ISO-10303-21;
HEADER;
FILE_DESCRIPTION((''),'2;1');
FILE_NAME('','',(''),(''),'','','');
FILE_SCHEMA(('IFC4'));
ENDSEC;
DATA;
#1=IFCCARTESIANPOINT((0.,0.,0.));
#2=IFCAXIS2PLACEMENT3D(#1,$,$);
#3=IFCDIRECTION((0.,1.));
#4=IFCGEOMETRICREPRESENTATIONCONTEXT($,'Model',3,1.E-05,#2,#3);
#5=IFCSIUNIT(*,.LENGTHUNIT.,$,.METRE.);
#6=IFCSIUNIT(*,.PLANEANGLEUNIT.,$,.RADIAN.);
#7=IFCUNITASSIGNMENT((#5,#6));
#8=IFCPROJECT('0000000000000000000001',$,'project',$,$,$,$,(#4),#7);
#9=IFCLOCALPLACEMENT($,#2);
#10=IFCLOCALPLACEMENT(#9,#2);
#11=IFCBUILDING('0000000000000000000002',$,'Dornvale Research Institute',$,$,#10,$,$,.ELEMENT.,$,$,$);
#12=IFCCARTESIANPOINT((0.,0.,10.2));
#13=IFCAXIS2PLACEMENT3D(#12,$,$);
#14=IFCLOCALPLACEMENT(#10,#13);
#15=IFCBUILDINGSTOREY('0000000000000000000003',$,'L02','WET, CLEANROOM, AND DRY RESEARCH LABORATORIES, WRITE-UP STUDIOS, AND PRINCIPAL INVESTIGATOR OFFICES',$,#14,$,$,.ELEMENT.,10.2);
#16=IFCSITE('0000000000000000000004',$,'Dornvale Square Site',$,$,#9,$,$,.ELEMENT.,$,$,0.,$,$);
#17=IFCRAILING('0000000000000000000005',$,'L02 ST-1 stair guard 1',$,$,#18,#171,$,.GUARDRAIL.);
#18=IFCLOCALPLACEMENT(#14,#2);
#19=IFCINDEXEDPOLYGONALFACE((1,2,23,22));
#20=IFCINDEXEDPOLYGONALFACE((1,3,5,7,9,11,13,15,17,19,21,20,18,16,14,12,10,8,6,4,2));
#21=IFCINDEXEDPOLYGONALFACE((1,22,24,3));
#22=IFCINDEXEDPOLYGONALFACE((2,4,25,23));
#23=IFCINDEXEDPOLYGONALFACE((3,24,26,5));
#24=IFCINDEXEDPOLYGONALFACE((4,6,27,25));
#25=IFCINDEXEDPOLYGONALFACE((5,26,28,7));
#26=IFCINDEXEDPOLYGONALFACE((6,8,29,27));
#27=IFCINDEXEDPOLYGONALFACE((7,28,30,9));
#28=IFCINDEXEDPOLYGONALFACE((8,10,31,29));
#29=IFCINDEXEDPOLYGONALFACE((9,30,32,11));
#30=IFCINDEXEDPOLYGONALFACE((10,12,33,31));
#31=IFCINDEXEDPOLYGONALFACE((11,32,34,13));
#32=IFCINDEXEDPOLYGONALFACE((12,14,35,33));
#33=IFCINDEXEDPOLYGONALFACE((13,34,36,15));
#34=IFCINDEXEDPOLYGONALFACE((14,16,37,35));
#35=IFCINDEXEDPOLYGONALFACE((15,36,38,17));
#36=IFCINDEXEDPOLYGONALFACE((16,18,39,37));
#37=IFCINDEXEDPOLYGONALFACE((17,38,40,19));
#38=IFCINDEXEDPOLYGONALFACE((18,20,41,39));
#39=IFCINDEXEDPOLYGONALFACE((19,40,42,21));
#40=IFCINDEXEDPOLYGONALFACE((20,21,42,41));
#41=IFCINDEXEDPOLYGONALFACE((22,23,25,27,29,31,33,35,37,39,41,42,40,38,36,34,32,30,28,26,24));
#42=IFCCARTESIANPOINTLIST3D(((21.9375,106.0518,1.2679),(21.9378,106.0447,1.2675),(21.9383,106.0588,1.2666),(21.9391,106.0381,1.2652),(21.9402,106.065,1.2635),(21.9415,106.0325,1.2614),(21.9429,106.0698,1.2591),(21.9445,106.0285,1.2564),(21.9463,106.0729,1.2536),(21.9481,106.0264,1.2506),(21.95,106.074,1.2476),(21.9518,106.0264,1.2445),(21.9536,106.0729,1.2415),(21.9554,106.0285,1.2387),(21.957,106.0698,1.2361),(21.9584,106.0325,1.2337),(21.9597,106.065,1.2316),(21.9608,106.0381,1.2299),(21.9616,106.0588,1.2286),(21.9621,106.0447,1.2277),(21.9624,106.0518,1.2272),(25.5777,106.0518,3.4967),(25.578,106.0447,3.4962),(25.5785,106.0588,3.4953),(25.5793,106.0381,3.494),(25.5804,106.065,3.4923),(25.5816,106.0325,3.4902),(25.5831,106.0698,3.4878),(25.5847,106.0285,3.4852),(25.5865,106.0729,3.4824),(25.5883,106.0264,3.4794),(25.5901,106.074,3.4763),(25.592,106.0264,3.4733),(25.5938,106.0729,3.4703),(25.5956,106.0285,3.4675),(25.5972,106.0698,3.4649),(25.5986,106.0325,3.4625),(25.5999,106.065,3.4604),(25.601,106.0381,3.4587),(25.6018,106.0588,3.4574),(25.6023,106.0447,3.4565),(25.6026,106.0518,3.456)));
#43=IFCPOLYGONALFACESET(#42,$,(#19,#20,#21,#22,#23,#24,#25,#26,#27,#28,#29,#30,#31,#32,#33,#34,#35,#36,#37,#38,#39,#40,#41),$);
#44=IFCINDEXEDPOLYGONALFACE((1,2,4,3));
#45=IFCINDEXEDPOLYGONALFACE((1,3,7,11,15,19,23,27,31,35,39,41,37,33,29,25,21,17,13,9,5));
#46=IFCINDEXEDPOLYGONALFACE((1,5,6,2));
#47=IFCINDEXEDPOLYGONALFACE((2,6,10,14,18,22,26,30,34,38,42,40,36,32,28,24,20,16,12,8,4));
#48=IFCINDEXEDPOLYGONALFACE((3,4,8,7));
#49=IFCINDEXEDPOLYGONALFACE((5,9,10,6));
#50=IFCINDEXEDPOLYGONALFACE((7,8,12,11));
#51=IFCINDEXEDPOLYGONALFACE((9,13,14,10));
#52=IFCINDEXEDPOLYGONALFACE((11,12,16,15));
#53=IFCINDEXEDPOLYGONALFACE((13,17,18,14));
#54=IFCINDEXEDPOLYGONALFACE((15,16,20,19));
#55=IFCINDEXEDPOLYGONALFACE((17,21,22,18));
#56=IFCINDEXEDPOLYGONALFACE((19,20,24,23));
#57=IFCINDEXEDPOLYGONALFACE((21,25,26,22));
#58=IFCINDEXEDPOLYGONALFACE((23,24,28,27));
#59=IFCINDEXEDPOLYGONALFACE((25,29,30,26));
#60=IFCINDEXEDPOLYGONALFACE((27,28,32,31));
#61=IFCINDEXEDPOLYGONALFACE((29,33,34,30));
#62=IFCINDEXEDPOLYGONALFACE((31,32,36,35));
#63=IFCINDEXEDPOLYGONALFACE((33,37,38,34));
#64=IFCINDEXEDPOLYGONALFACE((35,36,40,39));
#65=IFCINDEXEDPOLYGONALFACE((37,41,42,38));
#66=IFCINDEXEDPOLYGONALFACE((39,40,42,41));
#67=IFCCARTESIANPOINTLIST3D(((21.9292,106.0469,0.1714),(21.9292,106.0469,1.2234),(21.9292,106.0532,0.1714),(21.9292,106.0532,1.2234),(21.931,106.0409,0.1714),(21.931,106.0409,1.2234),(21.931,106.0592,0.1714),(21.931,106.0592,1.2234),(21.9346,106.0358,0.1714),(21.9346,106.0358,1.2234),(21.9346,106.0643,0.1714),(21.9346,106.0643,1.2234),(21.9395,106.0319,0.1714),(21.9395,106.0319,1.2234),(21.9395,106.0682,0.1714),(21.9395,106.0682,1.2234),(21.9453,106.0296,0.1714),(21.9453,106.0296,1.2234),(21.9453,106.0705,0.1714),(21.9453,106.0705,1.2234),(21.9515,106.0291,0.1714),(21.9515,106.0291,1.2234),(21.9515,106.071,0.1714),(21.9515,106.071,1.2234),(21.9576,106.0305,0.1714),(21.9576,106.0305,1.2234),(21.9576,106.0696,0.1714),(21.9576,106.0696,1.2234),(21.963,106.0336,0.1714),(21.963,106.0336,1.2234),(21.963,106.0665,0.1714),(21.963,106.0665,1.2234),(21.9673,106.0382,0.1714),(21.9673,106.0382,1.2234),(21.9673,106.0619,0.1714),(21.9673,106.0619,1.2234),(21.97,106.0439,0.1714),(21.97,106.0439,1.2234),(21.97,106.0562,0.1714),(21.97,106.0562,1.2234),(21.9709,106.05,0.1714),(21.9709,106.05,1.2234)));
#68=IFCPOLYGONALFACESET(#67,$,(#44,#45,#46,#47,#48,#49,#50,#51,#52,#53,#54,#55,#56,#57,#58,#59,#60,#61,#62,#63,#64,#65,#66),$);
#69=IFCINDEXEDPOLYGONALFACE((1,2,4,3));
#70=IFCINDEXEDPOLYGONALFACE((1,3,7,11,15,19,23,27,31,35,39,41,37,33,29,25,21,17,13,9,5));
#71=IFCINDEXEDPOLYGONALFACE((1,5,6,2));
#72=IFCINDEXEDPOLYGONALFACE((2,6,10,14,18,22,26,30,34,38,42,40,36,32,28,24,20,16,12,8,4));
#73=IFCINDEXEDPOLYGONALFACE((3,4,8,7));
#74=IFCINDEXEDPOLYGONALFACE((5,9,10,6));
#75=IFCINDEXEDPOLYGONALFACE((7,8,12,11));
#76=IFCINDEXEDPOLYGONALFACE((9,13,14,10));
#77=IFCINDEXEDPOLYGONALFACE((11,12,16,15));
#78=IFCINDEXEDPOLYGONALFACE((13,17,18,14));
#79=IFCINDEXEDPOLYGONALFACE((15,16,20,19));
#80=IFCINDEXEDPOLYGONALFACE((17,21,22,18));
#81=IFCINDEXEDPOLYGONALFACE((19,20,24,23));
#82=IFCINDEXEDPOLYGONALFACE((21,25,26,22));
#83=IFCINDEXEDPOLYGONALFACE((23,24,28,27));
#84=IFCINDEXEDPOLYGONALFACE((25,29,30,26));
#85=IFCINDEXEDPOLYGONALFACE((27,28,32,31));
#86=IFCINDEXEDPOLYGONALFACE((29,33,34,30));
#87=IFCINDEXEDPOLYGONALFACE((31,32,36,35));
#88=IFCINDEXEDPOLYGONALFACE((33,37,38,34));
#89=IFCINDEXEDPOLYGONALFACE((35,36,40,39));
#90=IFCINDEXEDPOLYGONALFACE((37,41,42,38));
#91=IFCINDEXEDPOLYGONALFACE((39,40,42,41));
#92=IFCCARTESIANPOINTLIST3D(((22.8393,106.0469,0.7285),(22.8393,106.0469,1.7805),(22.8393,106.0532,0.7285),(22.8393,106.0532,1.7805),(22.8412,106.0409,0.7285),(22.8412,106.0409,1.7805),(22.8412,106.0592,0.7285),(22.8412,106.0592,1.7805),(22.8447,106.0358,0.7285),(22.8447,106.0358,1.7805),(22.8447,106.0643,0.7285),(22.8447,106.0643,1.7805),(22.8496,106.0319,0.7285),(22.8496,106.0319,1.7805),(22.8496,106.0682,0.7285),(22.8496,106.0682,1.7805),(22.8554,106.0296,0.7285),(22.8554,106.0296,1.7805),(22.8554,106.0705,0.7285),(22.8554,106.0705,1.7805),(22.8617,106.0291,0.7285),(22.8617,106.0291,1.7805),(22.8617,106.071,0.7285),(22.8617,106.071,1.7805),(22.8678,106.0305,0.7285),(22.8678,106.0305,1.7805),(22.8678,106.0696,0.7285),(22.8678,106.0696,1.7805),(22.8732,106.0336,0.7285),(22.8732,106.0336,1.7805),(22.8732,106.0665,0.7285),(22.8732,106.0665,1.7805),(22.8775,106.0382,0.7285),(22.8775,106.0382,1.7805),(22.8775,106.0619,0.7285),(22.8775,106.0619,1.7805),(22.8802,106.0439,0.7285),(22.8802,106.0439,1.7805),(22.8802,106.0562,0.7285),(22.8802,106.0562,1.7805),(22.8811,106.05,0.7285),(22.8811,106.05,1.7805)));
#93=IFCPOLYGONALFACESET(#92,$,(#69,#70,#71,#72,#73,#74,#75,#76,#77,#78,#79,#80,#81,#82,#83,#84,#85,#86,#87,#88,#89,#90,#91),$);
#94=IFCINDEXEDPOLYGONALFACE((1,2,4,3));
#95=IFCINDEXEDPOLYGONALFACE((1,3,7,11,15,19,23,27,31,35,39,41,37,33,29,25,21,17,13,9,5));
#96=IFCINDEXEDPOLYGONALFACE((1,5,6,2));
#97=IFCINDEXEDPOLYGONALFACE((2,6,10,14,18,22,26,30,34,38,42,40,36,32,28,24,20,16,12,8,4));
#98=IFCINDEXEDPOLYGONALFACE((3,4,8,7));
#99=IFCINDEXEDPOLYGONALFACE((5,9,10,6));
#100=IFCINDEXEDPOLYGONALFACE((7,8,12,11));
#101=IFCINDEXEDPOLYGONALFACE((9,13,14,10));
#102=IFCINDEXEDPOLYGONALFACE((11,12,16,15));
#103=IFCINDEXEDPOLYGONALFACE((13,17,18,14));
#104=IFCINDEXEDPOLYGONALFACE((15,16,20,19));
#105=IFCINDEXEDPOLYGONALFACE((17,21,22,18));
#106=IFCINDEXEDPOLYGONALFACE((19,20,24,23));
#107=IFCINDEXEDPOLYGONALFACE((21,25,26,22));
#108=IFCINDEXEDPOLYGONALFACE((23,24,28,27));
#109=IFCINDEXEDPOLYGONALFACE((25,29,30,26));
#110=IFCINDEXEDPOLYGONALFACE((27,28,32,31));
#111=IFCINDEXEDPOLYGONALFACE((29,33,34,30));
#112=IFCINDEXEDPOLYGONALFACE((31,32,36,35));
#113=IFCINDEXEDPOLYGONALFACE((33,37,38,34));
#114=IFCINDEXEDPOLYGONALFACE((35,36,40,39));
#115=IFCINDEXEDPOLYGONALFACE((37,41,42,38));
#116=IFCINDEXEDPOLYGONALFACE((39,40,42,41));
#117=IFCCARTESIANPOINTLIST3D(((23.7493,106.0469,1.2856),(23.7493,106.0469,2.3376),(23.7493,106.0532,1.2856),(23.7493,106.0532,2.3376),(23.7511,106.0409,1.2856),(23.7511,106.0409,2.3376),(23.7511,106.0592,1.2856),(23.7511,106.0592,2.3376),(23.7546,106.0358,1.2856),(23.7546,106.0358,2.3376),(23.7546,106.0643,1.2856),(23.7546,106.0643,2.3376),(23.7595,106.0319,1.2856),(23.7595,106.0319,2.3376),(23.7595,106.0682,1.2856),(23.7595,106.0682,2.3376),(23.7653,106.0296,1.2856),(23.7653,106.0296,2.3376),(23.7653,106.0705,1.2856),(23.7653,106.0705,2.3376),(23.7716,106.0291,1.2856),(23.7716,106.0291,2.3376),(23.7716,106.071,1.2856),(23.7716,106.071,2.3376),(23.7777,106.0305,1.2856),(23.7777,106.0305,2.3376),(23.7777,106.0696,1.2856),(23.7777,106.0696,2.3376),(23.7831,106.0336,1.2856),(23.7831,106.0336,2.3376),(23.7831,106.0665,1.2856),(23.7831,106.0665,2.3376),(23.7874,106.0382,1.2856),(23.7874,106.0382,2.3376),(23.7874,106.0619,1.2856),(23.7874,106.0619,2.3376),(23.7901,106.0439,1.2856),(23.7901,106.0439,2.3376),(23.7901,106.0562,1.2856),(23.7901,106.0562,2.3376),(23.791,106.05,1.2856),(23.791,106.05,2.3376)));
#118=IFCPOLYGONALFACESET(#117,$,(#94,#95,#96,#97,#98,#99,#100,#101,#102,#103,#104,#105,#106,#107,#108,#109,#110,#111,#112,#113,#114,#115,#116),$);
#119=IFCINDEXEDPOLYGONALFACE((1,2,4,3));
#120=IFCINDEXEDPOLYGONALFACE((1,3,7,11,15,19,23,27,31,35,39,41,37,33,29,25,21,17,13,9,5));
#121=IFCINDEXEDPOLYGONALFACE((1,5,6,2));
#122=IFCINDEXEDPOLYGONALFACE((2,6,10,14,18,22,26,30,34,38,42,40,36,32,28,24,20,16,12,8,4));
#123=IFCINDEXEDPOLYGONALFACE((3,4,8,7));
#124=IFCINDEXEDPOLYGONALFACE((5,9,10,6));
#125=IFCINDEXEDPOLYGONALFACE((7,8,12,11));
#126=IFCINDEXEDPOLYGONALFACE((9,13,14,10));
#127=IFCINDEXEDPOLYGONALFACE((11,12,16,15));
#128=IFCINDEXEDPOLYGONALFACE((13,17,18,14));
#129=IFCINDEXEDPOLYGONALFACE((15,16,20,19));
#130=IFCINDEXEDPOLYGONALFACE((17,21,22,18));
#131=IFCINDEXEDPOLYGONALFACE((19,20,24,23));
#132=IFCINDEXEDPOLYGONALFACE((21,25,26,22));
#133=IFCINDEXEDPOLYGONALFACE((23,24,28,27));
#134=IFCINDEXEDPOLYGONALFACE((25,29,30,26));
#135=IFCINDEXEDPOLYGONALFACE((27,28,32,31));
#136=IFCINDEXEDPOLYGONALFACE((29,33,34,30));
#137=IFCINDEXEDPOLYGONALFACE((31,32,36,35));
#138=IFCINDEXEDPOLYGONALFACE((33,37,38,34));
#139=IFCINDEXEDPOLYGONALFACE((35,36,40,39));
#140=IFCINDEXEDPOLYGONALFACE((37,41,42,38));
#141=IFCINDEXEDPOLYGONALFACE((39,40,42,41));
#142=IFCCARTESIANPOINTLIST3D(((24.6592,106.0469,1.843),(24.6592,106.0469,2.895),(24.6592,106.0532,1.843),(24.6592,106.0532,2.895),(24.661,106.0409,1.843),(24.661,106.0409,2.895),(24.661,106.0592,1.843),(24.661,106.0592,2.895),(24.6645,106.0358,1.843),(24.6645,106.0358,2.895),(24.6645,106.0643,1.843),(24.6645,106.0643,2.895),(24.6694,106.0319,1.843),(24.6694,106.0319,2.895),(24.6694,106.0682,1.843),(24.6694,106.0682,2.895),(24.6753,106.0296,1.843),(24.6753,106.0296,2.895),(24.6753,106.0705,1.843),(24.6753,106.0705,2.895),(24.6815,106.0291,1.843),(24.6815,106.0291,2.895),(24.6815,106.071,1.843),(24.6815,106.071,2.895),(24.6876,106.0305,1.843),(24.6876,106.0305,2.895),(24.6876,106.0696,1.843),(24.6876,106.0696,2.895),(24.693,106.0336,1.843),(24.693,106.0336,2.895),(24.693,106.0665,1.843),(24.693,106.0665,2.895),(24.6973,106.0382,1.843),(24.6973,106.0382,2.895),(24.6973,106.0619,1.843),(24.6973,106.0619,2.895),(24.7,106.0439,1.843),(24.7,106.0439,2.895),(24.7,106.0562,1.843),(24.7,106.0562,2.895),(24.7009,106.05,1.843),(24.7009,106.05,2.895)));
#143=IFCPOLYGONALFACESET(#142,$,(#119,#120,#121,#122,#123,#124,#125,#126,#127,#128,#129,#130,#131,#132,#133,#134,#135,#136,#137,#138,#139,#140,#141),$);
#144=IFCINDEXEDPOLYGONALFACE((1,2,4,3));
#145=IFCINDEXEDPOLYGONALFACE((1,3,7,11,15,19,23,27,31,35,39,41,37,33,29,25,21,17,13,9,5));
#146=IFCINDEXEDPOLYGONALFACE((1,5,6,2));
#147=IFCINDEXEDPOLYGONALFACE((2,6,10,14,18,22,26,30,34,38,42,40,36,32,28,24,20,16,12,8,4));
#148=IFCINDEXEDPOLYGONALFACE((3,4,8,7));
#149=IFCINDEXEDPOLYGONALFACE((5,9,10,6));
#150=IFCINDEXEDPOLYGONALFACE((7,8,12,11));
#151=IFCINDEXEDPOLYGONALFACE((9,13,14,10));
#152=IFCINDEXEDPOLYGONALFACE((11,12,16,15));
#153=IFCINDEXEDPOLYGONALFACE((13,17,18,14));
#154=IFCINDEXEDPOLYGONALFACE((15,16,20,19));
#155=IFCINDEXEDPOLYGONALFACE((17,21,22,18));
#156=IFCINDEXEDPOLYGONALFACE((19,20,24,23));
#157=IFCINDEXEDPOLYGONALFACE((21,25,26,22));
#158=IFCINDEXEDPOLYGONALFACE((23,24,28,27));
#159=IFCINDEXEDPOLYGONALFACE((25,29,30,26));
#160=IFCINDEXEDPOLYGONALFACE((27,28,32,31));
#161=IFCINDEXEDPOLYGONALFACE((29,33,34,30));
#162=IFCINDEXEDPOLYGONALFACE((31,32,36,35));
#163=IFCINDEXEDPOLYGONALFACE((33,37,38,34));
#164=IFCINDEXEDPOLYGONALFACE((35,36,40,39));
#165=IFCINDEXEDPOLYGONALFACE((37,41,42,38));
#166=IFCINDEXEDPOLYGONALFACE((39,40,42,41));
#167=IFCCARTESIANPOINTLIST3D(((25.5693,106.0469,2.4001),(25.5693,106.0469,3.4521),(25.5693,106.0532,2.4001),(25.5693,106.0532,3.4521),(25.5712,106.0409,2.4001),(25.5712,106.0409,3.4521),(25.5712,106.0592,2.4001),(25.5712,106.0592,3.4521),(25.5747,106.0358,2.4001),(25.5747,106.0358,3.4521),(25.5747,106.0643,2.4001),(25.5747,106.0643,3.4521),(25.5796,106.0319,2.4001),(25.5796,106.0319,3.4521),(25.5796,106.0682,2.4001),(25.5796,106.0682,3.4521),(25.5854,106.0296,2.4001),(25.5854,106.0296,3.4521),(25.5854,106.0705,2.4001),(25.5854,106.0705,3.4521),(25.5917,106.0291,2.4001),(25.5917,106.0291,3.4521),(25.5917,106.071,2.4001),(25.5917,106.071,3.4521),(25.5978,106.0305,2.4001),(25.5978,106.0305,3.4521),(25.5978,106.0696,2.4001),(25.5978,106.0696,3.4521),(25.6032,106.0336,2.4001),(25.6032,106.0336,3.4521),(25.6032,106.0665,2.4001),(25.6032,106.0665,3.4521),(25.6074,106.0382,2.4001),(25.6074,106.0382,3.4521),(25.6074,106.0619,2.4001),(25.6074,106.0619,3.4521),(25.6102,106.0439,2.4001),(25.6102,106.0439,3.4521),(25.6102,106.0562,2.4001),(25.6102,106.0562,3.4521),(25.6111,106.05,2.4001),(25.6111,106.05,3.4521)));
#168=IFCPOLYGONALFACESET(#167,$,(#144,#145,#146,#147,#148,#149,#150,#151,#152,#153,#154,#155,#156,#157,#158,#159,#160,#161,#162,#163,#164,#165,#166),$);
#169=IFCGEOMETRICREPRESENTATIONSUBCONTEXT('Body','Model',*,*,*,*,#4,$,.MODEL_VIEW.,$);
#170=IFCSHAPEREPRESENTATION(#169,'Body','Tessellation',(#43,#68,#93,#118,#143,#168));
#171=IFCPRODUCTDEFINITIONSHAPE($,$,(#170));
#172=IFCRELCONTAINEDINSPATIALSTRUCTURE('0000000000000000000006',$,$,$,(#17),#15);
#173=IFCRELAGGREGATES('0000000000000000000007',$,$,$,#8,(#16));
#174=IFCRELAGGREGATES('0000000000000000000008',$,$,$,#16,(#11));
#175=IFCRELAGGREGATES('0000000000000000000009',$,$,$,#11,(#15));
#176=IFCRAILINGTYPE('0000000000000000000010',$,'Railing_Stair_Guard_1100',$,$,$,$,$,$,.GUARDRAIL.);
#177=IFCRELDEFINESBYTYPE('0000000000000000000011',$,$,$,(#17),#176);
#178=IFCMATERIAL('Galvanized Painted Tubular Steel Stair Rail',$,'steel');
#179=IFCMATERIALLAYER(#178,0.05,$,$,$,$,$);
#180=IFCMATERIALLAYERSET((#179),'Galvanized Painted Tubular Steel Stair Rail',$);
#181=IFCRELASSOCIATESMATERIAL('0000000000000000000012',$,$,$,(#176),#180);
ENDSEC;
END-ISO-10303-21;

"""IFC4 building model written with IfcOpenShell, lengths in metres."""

from ifc_helpers import new_model, si_unit, direction, frame, origin, origin_2d, place, context, subcontext, project, spatial, circle, extrude, material, layer, layer_set, type_object, element, save


model = new_model("IFC4")

# Units and contexts
model_context = context("Model", 3, precision=1e-05, world=origin(), true_north=direction((0.0, 1.0)))
body_context = subcontext(model_context, "Body", "Model", "MODEL_VIEW")
ifc_project = project(units=[si_unit("LENGTHUNIT", "METRE"), si_unit("PLANEANGLEUNIT", "RADIAN")], contexts=[model_context])

# Site, building, storey
site_placement = place(None, origin())
site = spatial("IfcSite", under=ifc_project, at=site_placement, Name="Dornvale Square Site", CompositionType="ELEMENT", RefElevation=0.0)
building_placement = place(site_placement, origin())
building = spatial("IfcBuilding", under=site, at=building_placement, Name="Dornvale Research Institute", CompositionType="ELEMENT")
storey_placement = place(building_placement, frame((0.0, 0.0, 10.2)))
storey = spatial("IfcBuildingStorey", under=building, at=storey_placement, Name="L02", Description="WET, CLEANROOM, AND DRY RESEARCH LABORATORIES, WRITE-UP STUDIOS, AND PRINCIPAL INVESTIGATOR OFFICES", CompositionType="ELEMENT", Elevation=10.2)

# Railing
ifc_material_1 = material(Name="Galvanized Painted Tubular Steel Stair Rail", Category="steel")
ifc_layer_1 = layer(ifc_material_1, 0.05)
ifc_layer_set_1 = layer_set([ifc_layer_1], Name="Galvanized Painted Tubular Steel Stair Rail")
railing_type_1 = type_object("IfcRailingType", Name="Railing_Stair_Guard_1100", PredefinedType="GUARDRAIL", material=ifc_layer_set_1)
railing_1_placement = place(storey_placement, frame((21.95, 106.05, 0.1714)))
element("IfcRailing", 1, at=railing_1_placement, inside=storey, type_object=railing_type_1, Name="L02 ST-1 stair guard 1", PredefinedType="GUARDRAIL", context=body_context, shape_type="SweptSolid", body=[
    extrude(circle(Radius=0.0239, at=origin_2d()), frame((0.0, 0.0, 1.0762), z_axis=(0.85284, 0.0, 0.522172), x_axis=(0.0, 1.0, 0.0)), (0.0, 0.0, 1.0), 4.2683),
    extrude(circle(Radius=0.021, at=origin_2d()), origin(), (0.0, 0.0, 1.0), 1.052),
    extrude(circle(Radius=0.021, at=origin_2d()), frame((0.9102, 0.0, 0.5571)), (0.0, 0.0, 1.0), 1.052),
    extrude(circle(Radius=0.021, at=origin_2d()), frame((1.8201, 0.0, 1.1143)), (0.0, 0.0, 1.0), 1.052),
    extrude(circle(Radius=0.021, at=origin_2d()), frame((2.73, 0.0, 1.6716)), (0.0, 0.0, 1.0), 1.052),
    extrude(circle(Radius=0.021, at=origin_2d()), frame((3.6401, 0.0, 2.2288)), (0.0, 0.0, 1.0), 1.052),
])

save(model, "model.ifc")
